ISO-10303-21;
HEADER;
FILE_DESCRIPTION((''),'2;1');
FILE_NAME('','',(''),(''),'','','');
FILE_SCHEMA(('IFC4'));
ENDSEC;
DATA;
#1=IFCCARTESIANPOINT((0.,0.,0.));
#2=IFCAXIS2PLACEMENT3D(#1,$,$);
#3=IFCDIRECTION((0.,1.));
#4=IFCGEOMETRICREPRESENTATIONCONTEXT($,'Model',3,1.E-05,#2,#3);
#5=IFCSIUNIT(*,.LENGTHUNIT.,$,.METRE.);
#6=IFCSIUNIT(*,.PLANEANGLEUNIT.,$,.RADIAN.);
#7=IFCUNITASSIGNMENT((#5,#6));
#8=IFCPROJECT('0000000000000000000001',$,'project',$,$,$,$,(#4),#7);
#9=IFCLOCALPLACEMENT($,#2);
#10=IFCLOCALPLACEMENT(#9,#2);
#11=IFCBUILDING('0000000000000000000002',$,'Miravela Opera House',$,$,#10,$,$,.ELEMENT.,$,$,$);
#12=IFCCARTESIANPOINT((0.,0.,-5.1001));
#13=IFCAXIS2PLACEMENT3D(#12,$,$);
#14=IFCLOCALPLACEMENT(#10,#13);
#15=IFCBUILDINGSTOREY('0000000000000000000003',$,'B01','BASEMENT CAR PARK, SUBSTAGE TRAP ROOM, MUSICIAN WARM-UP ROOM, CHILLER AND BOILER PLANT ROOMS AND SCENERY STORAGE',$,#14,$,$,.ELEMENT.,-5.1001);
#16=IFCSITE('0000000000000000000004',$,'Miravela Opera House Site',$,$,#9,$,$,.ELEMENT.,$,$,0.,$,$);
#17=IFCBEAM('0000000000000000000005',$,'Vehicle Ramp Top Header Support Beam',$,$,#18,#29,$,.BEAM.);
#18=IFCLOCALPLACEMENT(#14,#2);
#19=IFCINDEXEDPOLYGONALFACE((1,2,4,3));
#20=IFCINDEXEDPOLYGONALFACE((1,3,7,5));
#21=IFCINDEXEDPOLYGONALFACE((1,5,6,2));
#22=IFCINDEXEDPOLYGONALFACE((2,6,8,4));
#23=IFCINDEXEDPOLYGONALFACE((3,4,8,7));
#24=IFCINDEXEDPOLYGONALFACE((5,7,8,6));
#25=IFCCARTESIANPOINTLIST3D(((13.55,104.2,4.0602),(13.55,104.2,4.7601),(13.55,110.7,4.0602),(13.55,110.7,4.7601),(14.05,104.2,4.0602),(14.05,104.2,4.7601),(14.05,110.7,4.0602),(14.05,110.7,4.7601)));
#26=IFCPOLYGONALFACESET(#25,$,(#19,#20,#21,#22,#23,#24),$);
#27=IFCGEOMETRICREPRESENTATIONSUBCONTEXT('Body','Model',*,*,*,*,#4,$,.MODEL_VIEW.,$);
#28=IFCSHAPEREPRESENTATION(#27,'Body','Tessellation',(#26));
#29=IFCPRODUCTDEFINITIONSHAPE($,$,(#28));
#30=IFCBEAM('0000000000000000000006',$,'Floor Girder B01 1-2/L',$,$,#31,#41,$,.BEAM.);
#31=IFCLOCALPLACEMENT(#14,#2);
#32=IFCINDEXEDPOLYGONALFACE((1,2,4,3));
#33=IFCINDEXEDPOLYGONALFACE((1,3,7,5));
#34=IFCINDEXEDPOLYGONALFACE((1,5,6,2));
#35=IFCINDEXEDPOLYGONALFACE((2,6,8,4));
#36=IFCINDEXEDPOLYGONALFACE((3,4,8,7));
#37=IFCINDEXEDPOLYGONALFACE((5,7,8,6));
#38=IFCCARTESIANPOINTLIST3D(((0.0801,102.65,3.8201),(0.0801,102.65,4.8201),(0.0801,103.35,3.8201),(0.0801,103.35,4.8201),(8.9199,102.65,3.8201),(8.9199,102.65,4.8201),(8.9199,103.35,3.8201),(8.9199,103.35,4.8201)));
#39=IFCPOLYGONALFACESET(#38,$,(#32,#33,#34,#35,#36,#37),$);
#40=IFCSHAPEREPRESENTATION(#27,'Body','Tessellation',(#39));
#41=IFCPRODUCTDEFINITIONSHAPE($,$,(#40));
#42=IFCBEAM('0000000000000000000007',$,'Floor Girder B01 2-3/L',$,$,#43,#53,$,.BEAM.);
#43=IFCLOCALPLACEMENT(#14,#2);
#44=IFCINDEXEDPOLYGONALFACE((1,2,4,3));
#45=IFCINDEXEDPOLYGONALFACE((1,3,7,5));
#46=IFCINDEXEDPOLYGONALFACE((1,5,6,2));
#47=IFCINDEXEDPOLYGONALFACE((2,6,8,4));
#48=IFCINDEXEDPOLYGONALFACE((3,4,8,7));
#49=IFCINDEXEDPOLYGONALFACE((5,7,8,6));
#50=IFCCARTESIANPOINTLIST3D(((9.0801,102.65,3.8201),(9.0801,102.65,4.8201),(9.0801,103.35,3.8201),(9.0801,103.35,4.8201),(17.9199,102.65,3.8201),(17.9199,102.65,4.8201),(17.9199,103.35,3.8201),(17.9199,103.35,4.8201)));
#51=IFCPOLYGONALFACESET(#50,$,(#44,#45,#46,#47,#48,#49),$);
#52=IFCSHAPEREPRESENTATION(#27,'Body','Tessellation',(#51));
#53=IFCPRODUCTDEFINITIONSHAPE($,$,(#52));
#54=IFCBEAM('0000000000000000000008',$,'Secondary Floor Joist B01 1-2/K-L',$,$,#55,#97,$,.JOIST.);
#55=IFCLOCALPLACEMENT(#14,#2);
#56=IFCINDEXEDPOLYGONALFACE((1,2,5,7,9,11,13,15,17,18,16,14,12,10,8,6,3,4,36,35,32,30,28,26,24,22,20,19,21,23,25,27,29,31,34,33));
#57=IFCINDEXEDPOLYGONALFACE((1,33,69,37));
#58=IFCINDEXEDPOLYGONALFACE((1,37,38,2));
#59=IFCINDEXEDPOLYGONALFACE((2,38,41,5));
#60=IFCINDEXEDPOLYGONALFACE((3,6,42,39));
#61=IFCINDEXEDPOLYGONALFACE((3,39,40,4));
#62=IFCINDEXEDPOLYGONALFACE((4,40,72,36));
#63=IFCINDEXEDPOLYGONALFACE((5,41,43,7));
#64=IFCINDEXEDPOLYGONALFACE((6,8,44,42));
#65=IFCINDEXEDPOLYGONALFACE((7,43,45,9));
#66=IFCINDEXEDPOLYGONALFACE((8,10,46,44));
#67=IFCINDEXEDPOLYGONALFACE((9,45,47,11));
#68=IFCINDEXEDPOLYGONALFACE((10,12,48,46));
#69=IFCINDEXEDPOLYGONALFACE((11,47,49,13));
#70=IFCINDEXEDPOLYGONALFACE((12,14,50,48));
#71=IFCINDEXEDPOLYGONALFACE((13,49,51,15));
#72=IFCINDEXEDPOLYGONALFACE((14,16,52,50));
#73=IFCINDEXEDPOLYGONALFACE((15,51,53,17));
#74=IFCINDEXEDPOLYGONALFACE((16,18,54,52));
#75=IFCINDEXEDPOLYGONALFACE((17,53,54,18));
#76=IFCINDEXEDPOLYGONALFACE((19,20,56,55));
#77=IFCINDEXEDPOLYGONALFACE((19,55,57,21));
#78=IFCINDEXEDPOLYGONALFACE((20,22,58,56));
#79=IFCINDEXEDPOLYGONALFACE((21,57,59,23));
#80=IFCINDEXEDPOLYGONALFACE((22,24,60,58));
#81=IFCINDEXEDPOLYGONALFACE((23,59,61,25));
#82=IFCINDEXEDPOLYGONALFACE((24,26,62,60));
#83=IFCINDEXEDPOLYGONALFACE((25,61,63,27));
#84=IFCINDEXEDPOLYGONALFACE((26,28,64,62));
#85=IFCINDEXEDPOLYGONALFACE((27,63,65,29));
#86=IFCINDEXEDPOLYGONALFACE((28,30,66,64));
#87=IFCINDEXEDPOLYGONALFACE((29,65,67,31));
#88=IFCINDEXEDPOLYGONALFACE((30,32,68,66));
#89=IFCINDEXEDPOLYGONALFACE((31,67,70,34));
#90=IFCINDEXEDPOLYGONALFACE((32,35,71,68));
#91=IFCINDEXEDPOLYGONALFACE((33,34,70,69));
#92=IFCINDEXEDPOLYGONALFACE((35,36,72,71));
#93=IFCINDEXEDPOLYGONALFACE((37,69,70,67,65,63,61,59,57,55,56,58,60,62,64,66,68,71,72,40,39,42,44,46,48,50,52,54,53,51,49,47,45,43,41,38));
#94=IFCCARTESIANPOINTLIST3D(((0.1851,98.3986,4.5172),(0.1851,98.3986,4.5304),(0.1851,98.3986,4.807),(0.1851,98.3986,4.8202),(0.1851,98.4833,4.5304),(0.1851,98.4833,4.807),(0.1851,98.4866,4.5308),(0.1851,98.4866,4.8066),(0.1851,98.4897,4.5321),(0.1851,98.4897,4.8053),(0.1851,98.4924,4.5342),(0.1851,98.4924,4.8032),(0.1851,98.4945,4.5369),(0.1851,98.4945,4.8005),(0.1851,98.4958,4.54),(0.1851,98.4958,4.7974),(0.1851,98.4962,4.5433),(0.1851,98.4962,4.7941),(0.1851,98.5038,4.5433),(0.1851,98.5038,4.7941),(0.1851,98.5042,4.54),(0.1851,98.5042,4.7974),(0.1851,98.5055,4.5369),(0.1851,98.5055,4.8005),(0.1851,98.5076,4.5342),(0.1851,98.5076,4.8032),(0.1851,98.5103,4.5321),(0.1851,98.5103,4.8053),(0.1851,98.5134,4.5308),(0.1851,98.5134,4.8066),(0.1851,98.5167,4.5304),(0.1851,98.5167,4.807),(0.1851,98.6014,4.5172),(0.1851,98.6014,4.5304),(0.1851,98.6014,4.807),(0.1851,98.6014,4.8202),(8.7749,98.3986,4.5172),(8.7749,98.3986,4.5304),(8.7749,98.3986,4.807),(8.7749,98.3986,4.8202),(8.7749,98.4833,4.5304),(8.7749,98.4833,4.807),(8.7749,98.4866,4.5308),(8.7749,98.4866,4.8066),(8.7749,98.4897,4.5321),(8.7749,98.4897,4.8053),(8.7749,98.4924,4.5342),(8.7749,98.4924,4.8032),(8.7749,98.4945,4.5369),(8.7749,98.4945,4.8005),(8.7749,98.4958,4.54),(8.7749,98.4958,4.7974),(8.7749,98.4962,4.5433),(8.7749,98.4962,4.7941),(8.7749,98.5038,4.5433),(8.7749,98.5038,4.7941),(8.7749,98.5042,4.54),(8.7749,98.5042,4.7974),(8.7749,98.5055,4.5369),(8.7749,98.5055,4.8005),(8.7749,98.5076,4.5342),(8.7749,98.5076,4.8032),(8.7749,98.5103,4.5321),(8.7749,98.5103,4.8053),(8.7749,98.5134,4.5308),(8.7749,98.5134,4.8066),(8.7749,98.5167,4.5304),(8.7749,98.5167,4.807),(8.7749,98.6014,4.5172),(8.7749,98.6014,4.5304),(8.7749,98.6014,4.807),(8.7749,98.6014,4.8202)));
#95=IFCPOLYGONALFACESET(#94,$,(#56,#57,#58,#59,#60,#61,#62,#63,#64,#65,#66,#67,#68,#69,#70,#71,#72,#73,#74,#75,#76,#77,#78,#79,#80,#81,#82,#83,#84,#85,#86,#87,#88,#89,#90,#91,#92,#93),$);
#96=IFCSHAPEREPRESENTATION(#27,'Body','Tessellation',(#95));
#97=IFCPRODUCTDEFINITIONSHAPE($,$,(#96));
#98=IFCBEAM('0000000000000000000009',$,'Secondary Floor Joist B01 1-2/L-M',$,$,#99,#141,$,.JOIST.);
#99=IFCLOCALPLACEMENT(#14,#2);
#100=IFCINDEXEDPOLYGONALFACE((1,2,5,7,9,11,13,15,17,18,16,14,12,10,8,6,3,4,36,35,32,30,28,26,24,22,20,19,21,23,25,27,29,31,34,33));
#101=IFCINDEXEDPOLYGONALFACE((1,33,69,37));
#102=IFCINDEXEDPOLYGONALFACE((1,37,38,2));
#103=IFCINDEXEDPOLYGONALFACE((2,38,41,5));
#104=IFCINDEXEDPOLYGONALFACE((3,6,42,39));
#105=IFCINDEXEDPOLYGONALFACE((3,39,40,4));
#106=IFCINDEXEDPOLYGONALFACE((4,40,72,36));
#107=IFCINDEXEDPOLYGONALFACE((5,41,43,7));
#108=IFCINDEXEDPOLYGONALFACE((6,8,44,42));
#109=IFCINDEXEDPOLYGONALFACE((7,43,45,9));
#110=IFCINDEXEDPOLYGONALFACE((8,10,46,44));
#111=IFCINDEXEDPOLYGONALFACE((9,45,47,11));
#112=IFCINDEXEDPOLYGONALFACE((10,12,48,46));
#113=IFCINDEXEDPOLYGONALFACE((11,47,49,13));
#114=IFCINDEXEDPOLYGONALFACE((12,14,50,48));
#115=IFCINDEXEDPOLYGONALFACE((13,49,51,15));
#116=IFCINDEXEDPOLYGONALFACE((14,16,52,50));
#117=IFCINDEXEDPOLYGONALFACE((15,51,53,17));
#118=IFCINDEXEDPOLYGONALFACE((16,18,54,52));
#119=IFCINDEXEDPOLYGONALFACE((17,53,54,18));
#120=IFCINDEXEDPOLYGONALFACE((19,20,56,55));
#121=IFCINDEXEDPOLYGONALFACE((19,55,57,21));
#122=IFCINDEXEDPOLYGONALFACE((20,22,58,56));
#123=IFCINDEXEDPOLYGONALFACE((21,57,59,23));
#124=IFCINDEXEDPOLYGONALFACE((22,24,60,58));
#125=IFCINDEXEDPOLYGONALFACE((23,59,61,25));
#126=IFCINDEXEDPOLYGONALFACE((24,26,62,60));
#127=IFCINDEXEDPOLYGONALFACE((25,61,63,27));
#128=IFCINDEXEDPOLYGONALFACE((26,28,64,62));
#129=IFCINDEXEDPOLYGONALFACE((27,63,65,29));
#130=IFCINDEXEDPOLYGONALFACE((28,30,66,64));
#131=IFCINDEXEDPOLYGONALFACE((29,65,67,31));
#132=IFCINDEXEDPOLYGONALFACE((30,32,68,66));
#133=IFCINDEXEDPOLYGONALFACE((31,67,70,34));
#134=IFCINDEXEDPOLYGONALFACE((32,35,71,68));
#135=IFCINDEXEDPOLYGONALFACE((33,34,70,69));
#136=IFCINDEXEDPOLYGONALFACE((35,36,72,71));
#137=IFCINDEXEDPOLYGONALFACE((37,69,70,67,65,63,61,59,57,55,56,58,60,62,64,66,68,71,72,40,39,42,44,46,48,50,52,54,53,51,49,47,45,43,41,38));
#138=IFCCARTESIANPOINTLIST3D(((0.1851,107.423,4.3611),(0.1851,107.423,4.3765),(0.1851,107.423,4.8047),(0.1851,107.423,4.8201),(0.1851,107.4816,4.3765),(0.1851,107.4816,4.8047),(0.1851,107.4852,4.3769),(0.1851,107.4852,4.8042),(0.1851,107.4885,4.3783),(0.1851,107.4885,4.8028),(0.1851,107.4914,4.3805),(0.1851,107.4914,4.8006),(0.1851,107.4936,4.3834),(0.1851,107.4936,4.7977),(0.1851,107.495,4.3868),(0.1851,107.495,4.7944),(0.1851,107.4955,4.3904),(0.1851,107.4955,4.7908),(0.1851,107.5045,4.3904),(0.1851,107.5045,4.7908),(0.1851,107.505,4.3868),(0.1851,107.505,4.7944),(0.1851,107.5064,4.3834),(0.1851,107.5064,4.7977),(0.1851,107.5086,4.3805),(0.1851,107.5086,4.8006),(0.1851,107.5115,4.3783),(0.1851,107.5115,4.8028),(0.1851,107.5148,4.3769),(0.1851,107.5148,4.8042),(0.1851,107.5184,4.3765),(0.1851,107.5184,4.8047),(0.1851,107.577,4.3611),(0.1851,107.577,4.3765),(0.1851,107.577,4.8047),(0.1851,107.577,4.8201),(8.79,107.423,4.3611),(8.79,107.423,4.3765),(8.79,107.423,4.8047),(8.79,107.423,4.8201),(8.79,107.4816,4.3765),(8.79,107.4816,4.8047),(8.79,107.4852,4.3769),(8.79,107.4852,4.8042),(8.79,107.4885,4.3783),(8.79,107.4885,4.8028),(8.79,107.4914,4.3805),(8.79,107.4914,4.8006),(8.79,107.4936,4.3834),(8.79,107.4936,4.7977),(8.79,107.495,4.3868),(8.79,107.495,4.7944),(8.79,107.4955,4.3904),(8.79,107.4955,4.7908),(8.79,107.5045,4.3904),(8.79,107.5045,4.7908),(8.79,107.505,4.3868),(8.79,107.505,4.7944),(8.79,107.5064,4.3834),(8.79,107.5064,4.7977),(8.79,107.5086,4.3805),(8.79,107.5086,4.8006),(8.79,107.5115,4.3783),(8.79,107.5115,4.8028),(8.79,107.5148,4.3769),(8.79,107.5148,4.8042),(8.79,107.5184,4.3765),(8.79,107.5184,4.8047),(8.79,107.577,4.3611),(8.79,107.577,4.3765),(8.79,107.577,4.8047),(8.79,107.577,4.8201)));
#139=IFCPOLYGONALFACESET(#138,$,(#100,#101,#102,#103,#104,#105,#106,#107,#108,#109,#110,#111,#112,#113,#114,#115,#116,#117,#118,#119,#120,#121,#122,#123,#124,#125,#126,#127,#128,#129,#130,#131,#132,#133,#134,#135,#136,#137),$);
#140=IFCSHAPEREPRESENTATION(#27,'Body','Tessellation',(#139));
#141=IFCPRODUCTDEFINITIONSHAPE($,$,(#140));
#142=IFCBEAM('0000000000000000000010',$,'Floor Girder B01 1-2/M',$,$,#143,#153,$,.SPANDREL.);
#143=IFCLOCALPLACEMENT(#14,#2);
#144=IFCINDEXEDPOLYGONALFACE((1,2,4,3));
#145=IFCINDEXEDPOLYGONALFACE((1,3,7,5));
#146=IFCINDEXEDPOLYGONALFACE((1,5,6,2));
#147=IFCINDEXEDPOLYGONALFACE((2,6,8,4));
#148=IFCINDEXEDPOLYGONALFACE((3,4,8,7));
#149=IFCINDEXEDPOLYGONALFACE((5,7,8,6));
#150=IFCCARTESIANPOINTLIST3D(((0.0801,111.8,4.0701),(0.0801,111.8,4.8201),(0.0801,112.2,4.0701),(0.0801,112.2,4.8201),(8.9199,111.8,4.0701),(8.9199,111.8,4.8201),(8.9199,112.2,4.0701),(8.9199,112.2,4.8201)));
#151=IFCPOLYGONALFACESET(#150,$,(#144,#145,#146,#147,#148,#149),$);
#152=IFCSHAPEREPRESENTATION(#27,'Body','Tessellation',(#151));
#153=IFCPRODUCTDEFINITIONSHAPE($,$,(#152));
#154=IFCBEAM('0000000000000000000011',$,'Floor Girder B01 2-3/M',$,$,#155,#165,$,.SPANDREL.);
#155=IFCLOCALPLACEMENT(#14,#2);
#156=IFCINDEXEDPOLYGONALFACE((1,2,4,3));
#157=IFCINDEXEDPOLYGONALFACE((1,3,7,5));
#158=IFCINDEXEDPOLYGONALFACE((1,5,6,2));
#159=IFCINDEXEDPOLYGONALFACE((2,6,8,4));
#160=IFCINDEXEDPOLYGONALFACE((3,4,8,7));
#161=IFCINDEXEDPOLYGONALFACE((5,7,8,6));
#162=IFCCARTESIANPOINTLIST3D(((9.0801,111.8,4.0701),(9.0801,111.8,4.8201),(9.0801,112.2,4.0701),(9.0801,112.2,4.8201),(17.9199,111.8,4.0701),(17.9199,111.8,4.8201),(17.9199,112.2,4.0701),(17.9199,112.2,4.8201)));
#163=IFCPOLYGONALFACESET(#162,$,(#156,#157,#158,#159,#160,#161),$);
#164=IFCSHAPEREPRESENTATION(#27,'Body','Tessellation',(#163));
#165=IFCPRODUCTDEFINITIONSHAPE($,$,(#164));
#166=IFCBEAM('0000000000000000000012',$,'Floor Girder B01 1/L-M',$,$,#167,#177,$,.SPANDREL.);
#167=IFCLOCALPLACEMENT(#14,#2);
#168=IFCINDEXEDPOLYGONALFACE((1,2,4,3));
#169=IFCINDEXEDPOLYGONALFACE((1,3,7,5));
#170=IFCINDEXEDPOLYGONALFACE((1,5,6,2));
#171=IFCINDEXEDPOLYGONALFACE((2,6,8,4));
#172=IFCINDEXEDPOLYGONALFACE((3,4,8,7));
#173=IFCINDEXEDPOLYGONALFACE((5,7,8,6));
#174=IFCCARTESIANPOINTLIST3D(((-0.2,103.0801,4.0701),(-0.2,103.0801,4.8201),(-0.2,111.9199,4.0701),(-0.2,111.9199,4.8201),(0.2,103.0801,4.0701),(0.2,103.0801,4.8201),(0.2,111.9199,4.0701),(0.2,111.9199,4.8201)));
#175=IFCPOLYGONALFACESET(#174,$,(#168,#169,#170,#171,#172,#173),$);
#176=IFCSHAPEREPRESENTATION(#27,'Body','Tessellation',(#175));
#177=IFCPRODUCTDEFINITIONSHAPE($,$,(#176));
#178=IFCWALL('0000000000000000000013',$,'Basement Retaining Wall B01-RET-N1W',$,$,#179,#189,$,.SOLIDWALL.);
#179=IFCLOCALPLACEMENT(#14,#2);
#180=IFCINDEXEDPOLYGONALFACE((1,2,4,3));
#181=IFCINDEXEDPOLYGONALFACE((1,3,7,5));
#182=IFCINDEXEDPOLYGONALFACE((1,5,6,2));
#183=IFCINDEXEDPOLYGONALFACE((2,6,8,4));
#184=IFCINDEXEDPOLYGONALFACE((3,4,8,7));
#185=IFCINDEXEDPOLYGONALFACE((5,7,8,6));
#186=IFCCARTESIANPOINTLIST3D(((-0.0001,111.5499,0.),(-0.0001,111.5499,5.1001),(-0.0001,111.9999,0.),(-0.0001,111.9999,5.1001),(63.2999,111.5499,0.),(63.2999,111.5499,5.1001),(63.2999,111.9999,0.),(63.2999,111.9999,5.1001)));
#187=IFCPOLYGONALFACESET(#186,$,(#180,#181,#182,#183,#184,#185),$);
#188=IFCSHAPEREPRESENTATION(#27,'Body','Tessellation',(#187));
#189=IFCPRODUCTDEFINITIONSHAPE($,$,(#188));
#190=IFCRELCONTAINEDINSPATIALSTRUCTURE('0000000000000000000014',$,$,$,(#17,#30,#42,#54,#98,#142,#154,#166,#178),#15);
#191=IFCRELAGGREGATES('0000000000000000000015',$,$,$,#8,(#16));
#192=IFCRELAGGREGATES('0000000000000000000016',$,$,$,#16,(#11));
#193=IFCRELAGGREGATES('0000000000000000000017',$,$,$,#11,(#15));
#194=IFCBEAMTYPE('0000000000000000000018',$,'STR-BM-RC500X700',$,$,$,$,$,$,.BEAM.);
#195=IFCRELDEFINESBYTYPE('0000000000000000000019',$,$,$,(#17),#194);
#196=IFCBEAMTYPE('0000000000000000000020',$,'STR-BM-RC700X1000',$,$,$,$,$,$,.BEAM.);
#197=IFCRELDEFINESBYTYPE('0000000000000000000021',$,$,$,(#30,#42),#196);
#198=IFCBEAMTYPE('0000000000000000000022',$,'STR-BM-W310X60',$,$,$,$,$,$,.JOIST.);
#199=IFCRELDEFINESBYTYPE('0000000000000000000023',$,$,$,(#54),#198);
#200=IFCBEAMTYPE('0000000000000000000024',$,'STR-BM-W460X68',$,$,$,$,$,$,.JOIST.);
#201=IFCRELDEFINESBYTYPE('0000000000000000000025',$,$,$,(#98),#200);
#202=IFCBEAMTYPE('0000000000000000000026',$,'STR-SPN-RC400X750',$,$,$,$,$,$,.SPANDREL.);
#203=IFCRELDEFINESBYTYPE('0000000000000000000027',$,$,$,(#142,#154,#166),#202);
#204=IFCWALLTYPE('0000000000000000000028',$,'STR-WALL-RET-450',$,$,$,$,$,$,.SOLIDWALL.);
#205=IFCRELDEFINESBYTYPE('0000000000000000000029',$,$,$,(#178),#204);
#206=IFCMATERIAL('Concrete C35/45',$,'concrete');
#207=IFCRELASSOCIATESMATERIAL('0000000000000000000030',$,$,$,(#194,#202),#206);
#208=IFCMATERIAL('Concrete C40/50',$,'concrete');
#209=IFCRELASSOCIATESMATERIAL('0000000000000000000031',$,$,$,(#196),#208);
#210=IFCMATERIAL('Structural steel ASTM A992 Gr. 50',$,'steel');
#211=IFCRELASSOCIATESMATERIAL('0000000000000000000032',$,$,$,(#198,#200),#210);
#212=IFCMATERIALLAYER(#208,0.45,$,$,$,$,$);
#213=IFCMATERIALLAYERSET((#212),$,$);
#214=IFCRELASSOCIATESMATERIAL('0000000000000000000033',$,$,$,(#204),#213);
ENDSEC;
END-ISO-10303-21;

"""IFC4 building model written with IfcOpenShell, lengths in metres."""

from ifc_helpers import new_model, si_unit, direction, frame, frame_2d, origin, origin_2d, place, context, subcontext, project, spatial, rectangle, i_section, extrude, material, layer, layer_set, material_profile, profile_set, type_object, element, save


model = new_model("IFC4")

# Units and contexts
model_context = context("Model", 3, precision=1e-05, world=origin(), true_north=direction((0.0, 1.0)))
body_context = subcontext(model_context, "Body", "Model", "MODEL_VIEW")
ifc_project = project(units=[si_unit("LENGTHUNIT", "METRE"), si_unit("PLANEANGLEUNIT", "RADIAN")], contexts=[model_context])

# Site, building, storey
site_placement = place(None, origin())
site = spatial("IfcSite", under=ifc_project, at=site_placement, Name="Miravela Opera House Site", CompositionType="ELEMENT", RefElevation=0.0)
building_placement = place(site_placement, origin())
building = spatial("IfcBuilding", under=site, at=building_placement, Name="Miravela Opera House", CompositionType="ELEMENT")
storey_placement = place(building_placement, frame((0.0, 0.0, -5.1001)))
storey = spatial("IfcBuildingStorey", under=building, at=storey_placement, Name="B01", Description="BASEMENT CAR PARK, SUBSTAGE TRAP ROOM, MUSICIAN WARM-UP ROOM, CHILLER AND BOILER PLANT ROOMS AND SCENERY STORAGE", CompositionType="ELEMENT", Elevation=-5.1001)

# Shared definitions
ifc_material_1 = material(Name="Concrete C35/45", Category="concrete")

# Beams
ifc_material_profile_1 = material_profile(ifc_material_1, rectangle(XDim=0.5, YDim=0.7, at=origin_2d()), Name="RC-BM-500X700")
ifc_profile_set_1 = profile_set([ifc_material_profile_1])
beam_type_1 = type_object("IfcBeamType", Name="STR-BM-RC500X700", PredefinedType="BEAM", material=ifc_profile_set_1)
beam_1_placement = place(storey_placement, frame((13.8, 104.2, 4.4102), z_axis=(0.0, 1.0, 0.0), x_axis=(-1.0, 0.0, 0.0)))
element("IfcBeam", 1, at=beam_1_placement, inside=storey, type_object=beam_type_1, Name="Vehicle Ramp Top Header Support Beam", PredefinedType="BEAM", context=body_context, shape_type="SweptSolid", body=[
    extrude(rectangle(XDim=0.5, YDim=0.7, at=origin_2d()), origin(), (0.0, 0.0, 1.0), 6.5),
])
ifc_material_2 = material(Name="Concrete C40/50", Category="concrete")
ifc_material_profile_2 = material_profile(ifc_material_2, rectangle(XDim=0.7, YDim=1.0, at=origin_2d()), Name="RC-BM-700X1000")
ifc_profile_set_2 = profile_set([ifc_material_profile_2])
beam_type_2 = type_object("IfcBeamType", Name="STR-BM-RC700X1000", PredefinedType="BEAM", material=ifc_profile_set_2)
for number, where, z_axis, x_axis, name in (
    (2, (0.0801, 103.0, 4.3201), (1.0, 0.0, 0.0), (0.0, 1.0, 0.0), "Floor Girder B01 1-2/L"),
    (3, (9.0801, 103.0, 4.3201), (1.0, 0.0, 0.0), (0.0, 1.0, 0.0), "Floor Girder B01 2-3/L"),
):
    element("IfcBeam", number, at=place(storey_placement, frame(where, z_axis=z_axis, x_axis=x_axis)), inside=storey, type_object=beam_type_2, Name=name, PredefinedType="BEAM", context=body_context, shape_type="SweptSolid", body=[
        extrude(rectangle(XDim=0.7, YDim=1.0, at=origin_2d()), origin(), (0.0, 0.0, 1.0), 8.8398),
    ])
ifc_material_3 = material(Name="Structural steel ASTM A992 Gr. 50", Category="steel")
ifc_material_profile_3 = material_profile(ifc_material_3, i_section(OverallWidth=0.2029, OverallDepth=0.303, WebThickness=0.0076, FlangeThickness=0.0132, FilletRadius=0.0129, at=origin_2d()), Name="W310X60")
ifc_profile_set_3 = profile_set([ifc_material_profile_3])
beam_type_3 = type_object("IfcBeamType", Name="STR-BM-W310X60", PredefinedType="JOIST", material=ifc_profile_set_3)
beam_2_placement = place(storey_placement, frame((0.1851, 98.5, 4.6687), z_axis=(1.0, 0.0, 0.0), x_axis=(0.0, 1.0, 0.0)))
element("IfcBeam", 4, at=beam_2_placement, inside=storey, type_object=beam_type_3, Name="Secondary Floor Joist B01 1-2/K-L", PredefinedType="JOIST", context=body_context, shape_type="SweptSolid", body=[
    extrude(i_section(OverallWidth=0.2029, OverallDepth=0.303, WebThickness=0.0076, FlangeThickness=0.0132, FilletRadius=0.0129, at=origin_2d()), origin(), (0.0, 0.0, 1.0), 8.5898),
])
ifc_material_profile_4 = material_profile(ifc_material_3, i_section(OverallWidth=0.1541, OverallDepth=0.459, WebThickness=0.009, FlangeThickness=0.0154, FilletRadius=0.0139, at=origin_2d()), Name="W460X68")
ifc_profile_set_4 = profile_set([ifc_material_profile_4])
beam_type_4 = type_object("IfcBeamType", Name="STR-BM-W460X68", PredefinedType="JOIST", material=ifc_profile_set_4)
beam_3_placement = place(storey_placement, frame((0.1851, 107.5, 4.5906), z_axis=(1.0, 0.0, 0.0), x_axis=(0.0, 1.0, 0.0)))
element("IfcBeam", 5, at=beam_3_placement, inside=storey, type_object=beam_type_4, Name="Secondary Floor Joist B01 1-2/L-M", PredefinedType="JOIST", context=body_context, shape_type="SweptSolid", body=[
    extrude(i_section(OverallWidth=0.1541, OverallDepth=0.459, WebThickness=0.009, FlangeThickness=0.0154, FilletRadius=0.0139, at=origin_2d()), origin(), (0.0, 0.0, 1.0), 8.605),
])
ifc_material_profile_5 = material_profile(ifc_material_1, rectangle(XDim=0.3999, YDim=0.75, at=origin_2d()), Name="RC-SPN-400X750")
ifc_profile_set_5 = profile_set([ifc_material_profile_5])
beam_type_5 = type_object("IfcBeamType", Name="STR-SPN-RC400X750", PredefinedType="SPANDREL", material=ifc_profile_set_5)
for number, where, z_axis, x_axis, name in (
    (6, (0.0801, 112.0, 4.4451), (1.0, 0.0, 0.0), (0.0, 1.0, 0.0), "Floor Girder B01 1-2/M"),
    (7, (9.0801, 112.0, 4.4451), (1.0, 0.0, 0.0), (0.0, 1.0, 0.0), "Floor Girder B01 2-3/M"),
    (8, (0.0, 103.0801, 4.4451), (0.0, 1.0, 0.0), (-1.0, 0.0, 0.0), "Floor Girder B01 1/L-M"),
):
    element("IfcBeam", number, at=place(storey_placement, frame(where, z_axis=z_axis, x_axis=x_axis)), inside=storey, type_object=beam_type_5, Name=name, PredefinedType="SPANDREL", context=body_context, shape_type="SweptSolid", body=[
        extrude(rectangle(XDim=0.3999, YDim=0.75, at=origin_2d()), origin(), (0.0, 0.0, 1.0), 8.8398),
    ])

# Wall
ifc_layer_1 = layer(ifc_material_2, 0.45)
ifc_layer_set_1 = layer_set([ifc_layer_1])
wall_type_1 = type_object("IfcWallType", Name="STR-WALL-RET-450", PredefinedType="SOLIDWALL", material=ifc_layer_set_1)
wall_placement = place(storey_placement, frame((0.0, 111.7749, 0.0), z_axis=(0.0, 0.0, 1.0), x_axis=(1.0, 0.0, 0.0)))
element("IfcWall", 9, at=wall_placement, inside=storey, type_object=wall_type_1, Name="Basement Retaining Wall B01-RET-N1W", PredefinedType="SOLIDWALL", context=body_context, shape_type="SweptSolid", body=[
    extrude(rectangle(XDim=63.3, YDim=0.45, at=frame_2d((31.6499, 0.0))), origin(), (0.0, 0.0, 1.0), 5.1001),
])

save(model, "model.ifc")
